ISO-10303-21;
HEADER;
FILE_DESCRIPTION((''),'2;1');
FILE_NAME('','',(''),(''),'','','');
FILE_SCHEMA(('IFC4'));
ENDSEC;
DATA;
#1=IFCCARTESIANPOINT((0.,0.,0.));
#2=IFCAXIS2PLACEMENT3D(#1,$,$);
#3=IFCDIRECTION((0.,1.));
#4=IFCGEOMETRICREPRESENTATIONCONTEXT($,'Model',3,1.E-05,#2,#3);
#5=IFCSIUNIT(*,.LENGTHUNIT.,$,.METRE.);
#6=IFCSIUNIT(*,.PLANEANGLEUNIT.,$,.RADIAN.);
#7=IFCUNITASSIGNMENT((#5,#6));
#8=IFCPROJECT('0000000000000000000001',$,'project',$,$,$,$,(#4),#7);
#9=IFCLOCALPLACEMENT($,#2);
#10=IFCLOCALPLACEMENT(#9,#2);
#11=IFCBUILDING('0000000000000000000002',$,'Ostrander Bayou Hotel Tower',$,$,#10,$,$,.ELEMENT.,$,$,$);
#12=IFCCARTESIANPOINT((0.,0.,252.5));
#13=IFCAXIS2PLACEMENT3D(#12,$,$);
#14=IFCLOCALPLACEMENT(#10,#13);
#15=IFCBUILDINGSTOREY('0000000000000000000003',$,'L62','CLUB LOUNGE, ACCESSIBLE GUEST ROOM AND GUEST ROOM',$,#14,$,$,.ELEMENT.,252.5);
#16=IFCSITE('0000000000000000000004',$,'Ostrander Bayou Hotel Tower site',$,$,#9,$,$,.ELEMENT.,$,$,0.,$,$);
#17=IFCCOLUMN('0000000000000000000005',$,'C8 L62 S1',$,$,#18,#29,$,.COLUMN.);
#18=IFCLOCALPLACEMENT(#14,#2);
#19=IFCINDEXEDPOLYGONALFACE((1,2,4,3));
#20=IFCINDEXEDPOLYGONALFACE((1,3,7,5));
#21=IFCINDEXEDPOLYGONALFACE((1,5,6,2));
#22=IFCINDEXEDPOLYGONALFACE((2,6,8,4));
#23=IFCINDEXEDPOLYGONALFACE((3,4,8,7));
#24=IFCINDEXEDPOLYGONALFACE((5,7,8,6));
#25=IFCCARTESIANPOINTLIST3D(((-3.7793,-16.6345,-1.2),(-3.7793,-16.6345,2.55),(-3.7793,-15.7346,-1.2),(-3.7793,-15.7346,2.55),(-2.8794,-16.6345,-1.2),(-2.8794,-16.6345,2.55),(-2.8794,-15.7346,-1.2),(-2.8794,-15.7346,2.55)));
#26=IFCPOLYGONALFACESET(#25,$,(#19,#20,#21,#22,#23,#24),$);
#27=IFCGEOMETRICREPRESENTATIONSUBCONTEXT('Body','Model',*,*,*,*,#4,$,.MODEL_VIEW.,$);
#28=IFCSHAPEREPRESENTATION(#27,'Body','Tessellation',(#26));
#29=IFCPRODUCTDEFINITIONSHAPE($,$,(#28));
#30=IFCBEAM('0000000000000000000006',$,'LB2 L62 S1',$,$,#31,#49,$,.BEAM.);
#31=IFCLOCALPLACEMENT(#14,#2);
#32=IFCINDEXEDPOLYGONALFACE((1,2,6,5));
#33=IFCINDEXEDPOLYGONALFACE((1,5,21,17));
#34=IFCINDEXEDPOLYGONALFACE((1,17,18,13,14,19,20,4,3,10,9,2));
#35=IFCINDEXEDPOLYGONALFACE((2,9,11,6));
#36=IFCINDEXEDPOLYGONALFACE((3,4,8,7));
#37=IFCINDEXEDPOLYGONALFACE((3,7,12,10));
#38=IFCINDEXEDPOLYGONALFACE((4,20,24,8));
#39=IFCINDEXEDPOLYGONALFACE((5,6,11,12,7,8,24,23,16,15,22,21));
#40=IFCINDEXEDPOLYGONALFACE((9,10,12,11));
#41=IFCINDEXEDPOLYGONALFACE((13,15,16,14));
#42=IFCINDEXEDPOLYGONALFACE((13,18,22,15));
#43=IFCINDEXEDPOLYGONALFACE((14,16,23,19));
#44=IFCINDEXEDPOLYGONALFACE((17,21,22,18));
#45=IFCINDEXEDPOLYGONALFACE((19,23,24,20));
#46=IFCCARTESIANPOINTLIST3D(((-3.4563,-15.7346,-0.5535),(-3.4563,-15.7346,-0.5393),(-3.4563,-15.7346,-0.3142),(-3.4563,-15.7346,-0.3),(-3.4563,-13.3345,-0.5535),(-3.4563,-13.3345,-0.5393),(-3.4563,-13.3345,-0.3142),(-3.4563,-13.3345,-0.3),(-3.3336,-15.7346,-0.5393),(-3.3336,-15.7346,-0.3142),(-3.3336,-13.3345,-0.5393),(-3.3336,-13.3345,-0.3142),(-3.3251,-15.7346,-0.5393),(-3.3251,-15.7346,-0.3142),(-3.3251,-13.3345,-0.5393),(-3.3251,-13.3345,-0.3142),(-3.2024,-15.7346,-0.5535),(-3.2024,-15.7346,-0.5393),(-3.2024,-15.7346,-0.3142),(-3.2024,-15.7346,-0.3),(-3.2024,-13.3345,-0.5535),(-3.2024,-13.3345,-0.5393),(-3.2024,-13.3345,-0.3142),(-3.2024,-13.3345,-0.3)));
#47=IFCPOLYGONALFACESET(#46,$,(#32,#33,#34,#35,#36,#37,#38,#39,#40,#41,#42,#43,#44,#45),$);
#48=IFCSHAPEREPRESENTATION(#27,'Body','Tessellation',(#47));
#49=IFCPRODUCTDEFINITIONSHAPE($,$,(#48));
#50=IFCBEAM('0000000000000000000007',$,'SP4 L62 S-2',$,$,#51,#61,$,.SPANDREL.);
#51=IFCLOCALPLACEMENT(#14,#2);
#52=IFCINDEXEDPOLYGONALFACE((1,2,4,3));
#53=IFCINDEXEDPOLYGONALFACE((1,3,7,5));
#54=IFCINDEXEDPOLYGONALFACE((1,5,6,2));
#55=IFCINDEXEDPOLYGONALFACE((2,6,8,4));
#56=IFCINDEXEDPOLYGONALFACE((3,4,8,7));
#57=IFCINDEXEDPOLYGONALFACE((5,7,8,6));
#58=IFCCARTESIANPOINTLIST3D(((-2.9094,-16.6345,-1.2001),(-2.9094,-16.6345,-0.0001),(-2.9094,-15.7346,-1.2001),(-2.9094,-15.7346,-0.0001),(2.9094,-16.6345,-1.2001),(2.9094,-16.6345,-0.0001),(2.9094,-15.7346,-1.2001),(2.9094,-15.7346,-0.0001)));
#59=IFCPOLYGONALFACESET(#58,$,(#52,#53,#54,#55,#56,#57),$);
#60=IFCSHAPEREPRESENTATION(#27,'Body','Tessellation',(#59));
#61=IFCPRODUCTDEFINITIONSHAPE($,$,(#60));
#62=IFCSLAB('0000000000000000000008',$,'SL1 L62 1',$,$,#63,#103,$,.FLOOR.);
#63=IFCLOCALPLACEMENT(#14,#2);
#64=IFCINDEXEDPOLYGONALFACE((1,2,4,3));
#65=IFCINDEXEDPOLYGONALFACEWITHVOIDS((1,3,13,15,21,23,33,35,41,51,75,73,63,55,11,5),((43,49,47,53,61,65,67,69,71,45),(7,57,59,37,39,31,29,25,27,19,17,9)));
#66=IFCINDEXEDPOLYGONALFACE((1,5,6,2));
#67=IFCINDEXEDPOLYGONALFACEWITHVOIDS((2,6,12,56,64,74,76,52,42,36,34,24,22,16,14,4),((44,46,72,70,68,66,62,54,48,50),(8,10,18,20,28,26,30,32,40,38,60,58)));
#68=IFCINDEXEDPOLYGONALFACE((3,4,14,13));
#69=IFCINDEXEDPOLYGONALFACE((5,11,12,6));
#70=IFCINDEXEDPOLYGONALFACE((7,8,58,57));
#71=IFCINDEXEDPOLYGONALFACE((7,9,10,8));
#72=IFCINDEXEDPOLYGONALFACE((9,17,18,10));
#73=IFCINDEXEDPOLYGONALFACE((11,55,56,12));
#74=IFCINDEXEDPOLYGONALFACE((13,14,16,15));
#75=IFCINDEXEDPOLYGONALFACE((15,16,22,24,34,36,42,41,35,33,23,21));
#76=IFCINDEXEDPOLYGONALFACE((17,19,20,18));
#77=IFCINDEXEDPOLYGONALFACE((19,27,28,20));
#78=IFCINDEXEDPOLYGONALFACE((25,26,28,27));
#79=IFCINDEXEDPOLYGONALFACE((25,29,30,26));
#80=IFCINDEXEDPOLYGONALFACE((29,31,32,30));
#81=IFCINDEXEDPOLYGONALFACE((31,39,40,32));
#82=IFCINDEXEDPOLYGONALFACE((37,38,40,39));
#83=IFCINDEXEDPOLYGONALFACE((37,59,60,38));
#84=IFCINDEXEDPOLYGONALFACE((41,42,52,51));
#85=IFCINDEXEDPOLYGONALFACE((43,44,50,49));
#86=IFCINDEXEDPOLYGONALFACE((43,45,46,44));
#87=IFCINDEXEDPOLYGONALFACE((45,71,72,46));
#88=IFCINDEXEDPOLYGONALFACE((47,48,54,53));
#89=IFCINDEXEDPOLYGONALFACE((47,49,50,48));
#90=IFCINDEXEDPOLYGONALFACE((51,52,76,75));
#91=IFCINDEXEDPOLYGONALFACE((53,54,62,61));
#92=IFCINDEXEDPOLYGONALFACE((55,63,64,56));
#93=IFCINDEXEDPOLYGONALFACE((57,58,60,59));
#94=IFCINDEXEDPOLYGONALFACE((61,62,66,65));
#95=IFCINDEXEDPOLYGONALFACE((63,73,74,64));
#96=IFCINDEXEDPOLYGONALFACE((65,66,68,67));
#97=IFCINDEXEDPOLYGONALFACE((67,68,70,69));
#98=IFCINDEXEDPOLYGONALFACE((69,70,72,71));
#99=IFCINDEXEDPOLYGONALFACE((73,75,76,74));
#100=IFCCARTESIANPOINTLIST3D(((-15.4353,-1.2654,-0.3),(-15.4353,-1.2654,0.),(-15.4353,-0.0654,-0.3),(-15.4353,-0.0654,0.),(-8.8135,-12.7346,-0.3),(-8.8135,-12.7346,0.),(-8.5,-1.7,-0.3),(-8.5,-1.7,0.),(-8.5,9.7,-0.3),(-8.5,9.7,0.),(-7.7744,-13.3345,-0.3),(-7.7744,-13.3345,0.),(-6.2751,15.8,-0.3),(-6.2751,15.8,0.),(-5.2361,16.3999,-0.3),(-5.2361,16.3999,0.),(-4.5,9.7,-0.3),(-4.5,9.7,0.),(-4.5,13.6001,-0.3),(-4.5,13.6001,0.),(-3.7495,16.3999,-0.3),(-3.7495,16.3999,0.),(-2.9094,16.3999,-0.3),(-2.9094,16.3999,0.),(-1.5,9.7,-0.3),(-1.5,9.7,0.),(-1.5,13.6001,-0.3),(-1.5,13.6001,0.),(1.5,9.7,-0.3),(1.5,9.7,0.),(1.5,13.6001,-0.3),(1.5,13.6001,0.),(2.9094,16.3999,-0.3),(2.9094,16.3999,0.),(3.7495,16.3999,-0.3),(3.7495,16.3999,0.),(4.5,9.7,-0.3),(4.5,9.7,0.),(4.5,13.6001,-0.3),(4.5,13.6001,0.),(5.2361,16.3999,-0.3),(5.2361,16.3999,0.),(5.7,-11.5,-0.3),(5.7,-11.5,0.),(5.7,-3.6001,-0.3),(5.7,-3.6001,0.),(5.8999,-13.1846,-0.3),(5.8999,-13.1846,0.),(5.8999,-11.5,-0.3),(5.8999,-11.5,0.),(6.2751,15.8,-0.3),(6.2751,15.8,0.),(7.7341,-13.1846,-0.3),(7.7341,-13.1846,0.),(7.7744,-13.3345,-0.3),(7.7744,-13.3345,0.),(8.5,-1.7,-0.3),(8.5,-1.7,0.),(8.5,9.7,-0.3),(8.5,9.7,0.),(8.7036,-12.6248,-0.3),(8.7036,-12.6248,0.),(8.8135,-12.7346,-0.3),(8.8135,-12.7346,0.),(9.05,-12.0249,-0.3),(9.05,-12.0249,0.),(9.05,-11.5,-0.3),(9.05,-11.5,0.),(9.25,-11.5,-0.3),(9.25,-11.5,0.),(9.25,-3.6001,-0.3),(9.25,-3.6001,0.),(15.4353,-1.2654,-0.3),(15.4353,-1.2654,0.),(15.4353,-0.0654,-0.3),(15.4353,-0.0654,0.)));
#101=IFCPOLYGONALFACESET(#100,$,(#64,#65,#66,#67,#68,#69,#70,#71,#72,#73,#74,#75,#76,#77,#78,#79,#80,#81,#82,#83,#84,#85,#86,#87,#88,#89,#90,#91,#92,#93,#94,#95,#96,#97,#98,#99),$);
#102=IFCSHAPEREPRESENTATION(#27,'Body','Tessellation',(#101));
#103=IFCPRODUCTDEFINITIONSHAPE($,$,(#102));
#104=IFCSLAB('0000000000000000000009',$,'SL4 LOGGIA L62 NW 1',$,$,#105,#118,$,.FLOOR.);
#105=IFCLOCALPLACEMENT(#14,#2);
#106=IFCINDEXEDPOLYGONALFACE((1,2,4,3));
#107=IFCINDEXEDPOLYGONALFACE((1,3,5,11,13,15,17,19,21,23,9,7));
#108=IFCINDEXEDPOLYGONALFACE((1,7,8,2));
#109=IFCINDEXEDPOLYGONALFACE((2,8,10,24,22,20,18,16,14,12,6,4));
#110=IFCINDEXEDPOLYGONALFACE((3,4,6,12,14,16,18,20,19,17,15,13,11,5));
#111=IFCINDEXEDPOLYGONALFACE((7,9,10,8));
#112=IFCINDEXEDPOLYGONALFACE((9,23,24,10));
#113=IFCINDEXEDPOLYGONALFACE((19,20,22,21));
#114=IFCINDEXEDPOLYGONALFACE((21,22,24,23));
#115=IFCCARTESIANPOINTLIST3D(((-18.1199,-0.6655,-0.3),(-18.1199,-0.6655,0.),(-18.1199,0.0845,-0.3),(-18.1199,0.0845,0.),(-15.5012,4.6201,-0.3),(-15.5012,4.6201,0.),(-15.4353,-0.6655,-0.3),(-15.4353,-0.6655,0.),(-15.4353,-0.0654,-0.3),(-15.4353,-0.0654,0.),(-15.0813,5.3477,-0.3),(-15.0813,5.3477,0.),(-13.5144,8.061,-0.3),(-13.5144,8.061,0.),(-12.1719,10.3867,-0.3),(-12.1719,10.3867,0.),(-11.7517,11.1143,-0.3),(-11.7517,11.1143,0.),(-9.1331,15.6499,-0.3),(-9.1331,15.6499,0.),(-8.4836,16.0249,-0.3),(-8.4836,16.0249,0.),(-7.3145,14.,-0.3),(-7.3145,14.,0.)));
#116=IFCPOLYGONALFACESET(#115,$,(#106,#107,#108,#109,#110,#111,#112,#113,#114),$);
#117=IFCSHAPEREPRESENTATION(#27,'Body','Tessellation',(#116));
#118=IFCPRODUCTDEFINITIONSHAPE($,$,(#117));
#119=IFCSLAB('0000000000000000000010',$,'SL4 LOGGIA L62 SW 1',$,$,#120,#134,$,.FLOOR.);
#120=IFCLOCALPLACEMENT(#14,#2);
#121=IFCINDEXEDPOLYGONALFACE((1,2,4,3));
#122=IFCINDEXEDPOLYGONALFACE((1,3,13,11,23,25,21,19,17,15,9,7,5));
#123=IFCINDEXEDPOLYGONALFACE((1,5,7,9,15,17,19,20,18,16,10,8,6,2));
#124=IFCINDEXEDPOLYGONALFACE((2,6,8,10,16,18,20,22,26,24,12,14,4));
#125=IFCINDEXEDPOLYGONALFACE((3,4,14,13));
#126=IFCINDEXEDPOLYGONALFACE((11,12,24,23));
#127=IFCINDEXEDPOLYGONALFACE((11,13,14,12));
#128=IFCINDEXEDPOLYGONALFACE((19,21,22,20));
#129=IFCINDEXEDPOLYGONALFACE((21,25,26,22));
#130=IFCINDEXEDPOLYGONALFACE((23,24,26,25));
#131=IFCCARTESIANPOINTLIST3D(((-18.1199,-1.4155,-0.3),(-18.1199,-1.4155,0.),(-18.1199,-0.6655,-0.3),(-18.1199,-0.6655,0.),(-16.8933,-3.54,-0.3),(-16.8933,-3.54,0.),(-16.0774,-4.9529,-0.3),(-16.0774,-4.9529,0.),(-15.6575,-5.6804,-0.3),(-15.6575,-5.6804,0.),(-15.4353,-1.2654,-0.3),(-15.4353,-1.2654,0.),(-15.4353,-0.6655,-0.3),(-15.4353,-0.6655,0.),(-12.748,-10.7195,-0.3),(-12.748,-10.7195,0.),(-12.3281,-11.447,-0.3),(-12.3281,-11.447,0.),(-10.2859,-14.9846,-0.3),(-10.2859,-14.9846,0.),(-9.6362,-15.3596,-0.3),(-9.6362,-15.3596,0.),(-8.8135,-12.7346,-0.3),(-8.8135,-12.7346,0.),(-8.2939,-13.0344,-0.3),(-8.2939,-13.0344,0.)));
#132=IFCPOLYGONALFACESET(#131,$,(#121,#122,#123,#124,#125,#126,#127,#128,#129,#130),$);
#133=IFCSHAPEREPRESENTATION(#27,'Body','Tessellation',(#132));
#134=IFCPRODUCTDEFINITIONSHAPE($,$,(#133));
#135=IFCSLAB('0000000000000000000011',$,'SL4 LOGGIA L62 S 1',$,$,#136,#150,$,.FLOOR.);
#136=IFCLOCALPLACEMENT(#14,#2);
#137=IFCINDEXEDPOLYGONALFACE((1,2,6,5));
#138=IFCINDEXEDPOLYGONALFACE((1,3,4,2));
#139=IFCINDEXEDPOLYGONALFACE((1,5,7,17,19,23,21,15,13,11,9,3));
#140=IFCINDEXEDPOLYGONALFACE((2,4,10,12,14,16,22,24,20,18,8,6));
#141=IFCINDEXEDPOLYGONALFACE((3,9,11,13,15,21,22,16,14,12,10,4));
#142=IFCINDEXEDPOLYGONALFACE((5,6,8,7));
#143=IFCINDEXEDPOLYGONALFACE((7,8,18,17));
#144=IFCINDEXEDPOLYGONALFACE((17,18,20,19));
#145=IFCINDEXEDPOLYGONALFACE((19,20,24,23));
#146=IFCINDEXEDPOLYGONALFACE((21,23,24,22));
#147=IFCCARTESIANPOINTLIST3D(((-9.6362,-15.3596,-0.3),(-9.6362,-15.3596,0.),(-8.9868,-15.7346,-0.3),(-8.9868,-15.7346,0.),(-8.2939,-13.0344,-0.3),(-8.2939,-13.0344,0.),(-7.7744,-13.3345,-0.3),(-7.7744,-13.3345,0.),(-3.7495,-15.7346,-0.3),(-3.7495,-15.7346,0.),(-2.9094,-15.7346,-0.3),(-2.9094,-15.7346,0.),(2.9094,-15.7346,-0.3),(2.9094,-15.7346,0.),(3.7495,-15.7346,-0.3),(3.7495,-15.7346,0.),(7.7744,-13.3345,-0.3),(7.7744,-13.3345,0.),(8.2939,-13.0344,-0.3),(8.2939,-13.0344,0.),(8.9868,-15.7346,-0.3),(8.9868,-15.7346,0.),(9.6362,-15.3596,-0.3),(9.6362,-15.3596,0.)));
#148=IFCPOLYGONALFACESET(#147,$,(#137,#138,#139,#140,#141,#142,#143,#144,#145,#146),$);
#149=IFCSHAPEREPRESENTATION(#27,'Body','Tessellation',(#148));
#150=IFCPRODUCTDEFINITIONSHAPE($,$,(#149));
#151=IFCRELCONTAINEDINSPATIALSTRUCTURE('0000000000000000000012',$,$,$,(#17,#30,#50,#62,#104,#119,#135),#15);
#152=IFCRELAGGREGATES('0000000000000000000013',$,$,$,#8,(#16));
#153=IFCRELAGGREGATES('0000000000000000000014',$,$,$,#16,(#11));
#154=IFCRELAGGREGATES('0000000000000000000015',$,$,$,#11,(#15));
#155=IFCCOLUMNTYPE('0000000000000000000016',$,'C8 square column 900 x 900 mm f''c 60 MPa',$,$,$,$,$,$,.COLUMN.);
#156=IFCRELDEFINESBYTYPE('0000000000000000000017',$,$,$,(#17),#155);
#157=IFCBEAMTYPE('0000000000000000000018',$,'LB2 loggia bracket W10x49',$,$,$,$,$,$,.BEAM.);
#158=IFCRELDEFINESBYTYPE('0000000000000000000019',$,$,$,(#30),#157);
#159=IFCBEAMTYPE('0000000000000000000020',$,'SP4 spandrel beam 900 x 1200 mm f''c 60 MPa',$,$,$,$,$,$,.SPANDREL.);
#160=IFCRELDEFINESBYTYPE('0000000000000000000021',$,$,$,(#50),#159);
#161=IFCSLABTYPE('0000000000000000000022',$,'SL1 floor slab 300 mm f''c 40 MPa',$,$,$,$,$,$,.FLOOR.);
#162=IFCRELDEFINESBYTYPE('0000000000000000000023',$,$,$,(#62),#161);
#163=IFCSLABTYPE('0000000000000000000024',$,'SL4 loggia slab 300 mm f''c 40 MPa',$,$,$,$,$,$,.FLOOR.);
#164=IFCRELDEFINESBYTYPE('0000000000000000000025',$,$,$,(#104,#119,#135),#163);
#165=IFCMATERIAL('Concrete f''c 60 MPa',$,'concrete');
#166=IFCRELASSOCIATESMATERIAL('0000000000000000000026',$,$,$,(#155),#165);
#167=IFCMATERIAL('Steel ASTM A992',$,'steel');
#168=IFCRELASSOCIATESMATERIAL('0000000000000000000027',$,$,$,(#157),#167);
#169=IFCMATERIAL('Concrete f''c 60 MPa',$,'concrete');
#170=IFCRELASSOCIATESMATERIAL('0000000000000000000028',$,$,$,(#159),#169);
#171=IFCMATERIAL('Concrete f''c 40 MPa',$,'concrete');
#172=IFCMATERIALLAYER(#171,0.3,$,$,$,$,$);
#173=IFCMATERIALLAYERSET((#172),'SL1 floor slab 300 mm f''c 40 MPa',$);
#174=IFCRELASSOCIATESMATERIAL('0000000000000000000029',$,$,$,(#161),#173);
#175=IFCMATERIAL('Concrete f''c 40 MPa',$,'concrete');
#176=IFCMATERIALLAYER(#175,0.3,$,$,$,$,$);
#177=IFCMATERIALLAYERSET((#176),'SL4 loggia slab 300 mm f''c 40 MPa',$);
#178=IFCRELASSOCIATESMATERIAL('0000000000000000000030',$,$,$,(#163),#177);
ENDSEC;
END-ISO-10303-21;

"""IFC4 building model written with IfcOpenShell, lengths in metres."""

from ifc_helpers import new_model, si_unit, direction, frame, origin, origin_2d, place, context, subcontext, project, spatial, polyline, rectangle, i_section, outline, extrude, material, layer, layer_set, material_profile, profile_set, type_object, element, save


model = new_model("IFC4")

# Units and contexts
model_context = context("Model", 3, precision=1e-05, world=origin(), true_north=direction((0.0, 1.0)))
body_context = subcontext(model_context, "Body", "Model", "MODEL_VIEW")
ifc_project = project(units=[si_unit("LENGTHUNIT", "METRE"), si_unit("PLANEANGLEUNIT", "RADIAN")], contexts=[model_context])

# Site, building, storey
site_placement = place(None, origin())
site = spatial("IfcSite", under=ifc_project, at=site_placement, Name="Ostrander Bayou Hotel Tower site", CompositionType="ELEMENT", RefElevation=0.0)
building_placement = place(site_placement, origin())
building = spatial("IfcBuilding", under=site, at=building_placement, Name="Ostrander Bayou Hotel Tower", CompositionType="ELEMENT")
storey_placement = place(building_placement, frame((0.0, 0.0, 252.5)))
storey = spatial("IfcBuildingStorey", under=building, at=storey_placement, Name="L62", Description="CLUB LOUNGE, ACCESSIBLE GUEST ROOM AND GUEST ROOM", CompositionType="ELEMENT", Elevation=252.5)

# Column
ifc_material_1 = material(Name="Concrete f'c 60 MPa", Category="concrete")
ifc_material_profile_1 = material_profile(ifc_material_1, rectangle(XDim=0.8999, YDim=0.8999, at=origin_2d()))
ifc_profile_set_1 = profile_set([ifc_material_profile_1], Name="Concrete f'c 60 MPa")
column_type = type_object("IfcColumnType", Name="C8 square column 900 x 900 mm f'c 60 MPa", PredefinedType="COLUMN", material=ifc_profile_set_1)
column_placement = place(storey_placement, frame((-3.3293, -16.1846, -1.2), z_axis=(0.0, 0.0, 1.0), x_axis=(-1.0, 0.0, 0.0)))
element("IfcColumn", 1, at=column_placement, inside=storey, type_object=column_type, Name="C8 L62 S1", PredefinedType="COLUMN", context=body_context, shape_type="SweptSolid", body=[
    extrude(rectangle(XDim=0.8999, YDim=0.8999, at=origin_2d()), origin(), (0.0, 0.0, 1.0), 3.75),
])

# Beams
ifc_material_2 = material(Name="Steel ASTM A992", Category="steel")
ifc_material_profile_2 = material_profile(ifc_material_2, i_section(OverallWidth=0.2539, OverallDepth=0.2534, WebThickness=0.0085, FlangeThickness=0.0142, at=origin_2d()))
ifc_profile_set_2 = profile_set([ifc_material_profile_2], Name="Steel ASTM A992")
beam_type_1 = type_object("IfcBeamType", Name="LB2 loggia bracket W10x49", PredefinedType="BEAM", material=ifc_profile_set_2)
beam_1_placement = place(storey_placement, frame((-3.3293, -15.7346, -0.4268), z_axis=(0.0, 1.0, 0.0), x_axis=(-1.0, 0.0, 0.0)))
element("IfcBeam", 2, at=beam_1_placement, inside=storey, type_object=beam_type_1, Name="LB2 L62 S1", PredefinedType="BEAM", context=body_context, shape_type="SweptSolid", body=[
    extrude(i_section(OverallWidth=0.2539, OverallDepth=0.2534, WebThickness=0.0085, FlangeThickness=0.0142, at=origin_2d()), origin(), (0.0, 0.0, 1.0), 2.4001),
])
ifc_material_3 = material(Name="Concrete f'c 60 MPa", Category="concrete")
ifc_material_profile_3 = material_profile(ifc_material_3, rectangle(XDim=0.8999, YDim=1.2, at=origin_2d()))
ifc_profile_set_3 = profile_set([ifc_material_profile_3], Name="Concrete f'c 60 MPa")
beam_type_2 = type_object("IfcBeamType", Name="SP4 spandrel beam 900 x 1200 mm f'c 60 MPa", PredefinedType="SPANDREL", material=ifc_profile_set_3)
beam_2_placement = place(storey_placement, frame((-2.9094, -16.1846, -0.6001), z_axis=(1.0, 0.0, 0.0), x_axis=(0.0, 1.0, 0.0)))
element("IfcBeam", 3, at=beam_2_placement, inside=storey, type_object=beam_type_2, Name="SP4 L62 S-2", PredefinedType="SPANDREL", context=body_context, shape_type="SweptSolid", body=[
    extrude(rectangle(XDim=0.8999, YDim=1.2, at=origin_2d()), origin(), (0.0, 0.0, 1.0), 5.8188),
])

# Slabs
ifc_material_4 = material(Name="Concrete f'c 40 MPa", Category="concrete")
ifc_layer_1 = layer(ifc_material_4, 0.3)
ifc_layer_set_1 = layer_set([ifc_layer_1], Name="SL1 floor slab 300 mm f'c 40 MPa")
slab_type_1 = type_object("IfcSlabType", Name="SL1 floor slab 300 mm f'c 40 MPa", PredefinedType="FLOOR", material=ifc_layer_set_1)
slab_1_placement = place(storey_placement, frame((0.0, 0.0, -0.3)))
element("IfcSlab", 4, at=slab_1_placement, inside=storey, type_object=slab_type_1, Name="SL1 L62 1", PredefinedType="FLOOR", context=body_context, shape_type="SweptSolid", body=[
    extrude(outline(polyline([(-2.9094, 16.3999), (2.9094, 16.3999), (3.7495, 16.3999), (5.2361, 16.3999), (6.2751, 15.8), (15.4353, -0.0654), (15.4353, -1.2654), (8.8135, -12.7346), (7.7744, -13.3345), (-7.7744, -13.3345), (-8.8135, -12.7346), (-15.4353, -1.2654), (-15.4353, -0.0654), (-6.2751, 15.8), (-5.2361, 16.3999), (-3.7495, 16.3999), (-2.9094, 16.3999)]), holes=[polyline([(9.05, -12.0249), (9.05, -11.5), (9.25, -11.5), (9.25, -3.6001), (5.7, -3.6001), (5.7, -11.5), (5.8999, -11.5), (5.8999, -13.1846), (7.7341, -13.1846), (8.7036, -12.6248), (9.05, -12.0249)]), polyline([(-8.5, -1.7), (8.5, -1.7), (8.5, 9.7), (4.5, 9.7), (4.5, 13.6001), (1.5, 13.6001), (1.5, 9.7), (-1.5, 9.7), (-1.5, 13.6001), (-4.5, 13.6001), (-4.5, 9.7), (-8.5, 9.7), (-8.5, -1.7)])]), origin(), (0.0, 0.0, 1.0), 0.3),
])
ifc_material_5 = material(Name="Concrete f'c 40 MPa", Category="concrete")
ifc_layer_2 = layer(ifc_material_5, 0.3)
ifc_layer_set_2 = layer_set([ifc_layer_2], Name="SL4 loggia slab 300 mm f'c 40 MPa")
slab_type_2 = type_object("IfcSlabType", Name="SL4 loggia slab 300 mm f'c 40 MPa", PredefinedType="FLOOR", material=ifc_layer_set_2)
slab_2_placement = place(storey_placement, frame((0.0, 0.0, -0.3)))
element("IfcSlab", 5, at=slab_2_placement, inside=storey, type_object=slab_type_2, Name="SL4 LOGGIA L62 NW 1", PredefinedType="FLOOR", context=body_context, shape_type="SweptSolid", body=[
    extrude(outline(polyline([(-18.1199, -0.6655), (-18.1199, 0.0845), (-15.5012, 4.6201), (-15.0813, 5.3477), (-13.5144, 8.061), (-12.1719, 10.3867), (-11.7517, 11.1143), (-9.1331, 15.6499), (-8.4836, 16.0249), (-7.3145, 14.0), (-15.4353, -0.0654), (-15.4353, -0.6655), (-18.1199, -0.6655)])), origin(), (0.0, 0.0, 1.0), 0.3),
])
slab_3_placement = place(storey_placement, frame((0.0, 0.0, -0.3)))
element("IfcSlab", 6, at=slab_3_placement, inside=storey, type_object=slab_type_2, Name="SL4 LOGGIA L62 SW 1", PredefinedType="FLOOR", context=body_context, shape_type="SweptSolid", body=[
    extrude(outline(polyline([(-8.2939, -13.0344), (-9.6362, -15.3596), (-10.2859, -14.9846), (-12.3281, -11.447), (-12.748, -10.7195), (-15.6575, -5.6804), (-16.0774, -4.9529), (-16.8933, -3.54), (-18.1199, -1.4155), (-18.1199, -0.6655), (-15.4353, -0.6655), (-15.4353, -1.2654), (-8.8135, -12.7346), (-8.2939, -13.0344)])), origin(), (0.0, 0.0, 1.0), 0.3),
])
slab_4_placement = place(storey_placement, frame((0.0, 0.0, -0.3)))
element("IfcSlab", 7, at=slab_4_placement, inside=storey, type_object=slab_type_2, Name="SL4 LOGGIA L62 S 1", PredefinedType="FLOOR", context=body_context, shape_type="SweptSolid", body=[
    extrude(outline(polyline([(8.2939, -13.0344), (9.6362, -15.3596), (8.9868, -15.7346), (3.7495, -15.7346), (2.9094, -15.7346), (-2.9094, -15.7346), (-3.7495, -15.7346), (-8.9868, -15.7346), (-9.6362, -15.3596), (-8.2939, -13.0344), (-7.7744, -13.3345), (7.7744, -13.3345), (8.2939, -13.0344)])), origin(), (0.0, 0.0, 1.0), 0.3),
])

save(model, "model.ifc")
